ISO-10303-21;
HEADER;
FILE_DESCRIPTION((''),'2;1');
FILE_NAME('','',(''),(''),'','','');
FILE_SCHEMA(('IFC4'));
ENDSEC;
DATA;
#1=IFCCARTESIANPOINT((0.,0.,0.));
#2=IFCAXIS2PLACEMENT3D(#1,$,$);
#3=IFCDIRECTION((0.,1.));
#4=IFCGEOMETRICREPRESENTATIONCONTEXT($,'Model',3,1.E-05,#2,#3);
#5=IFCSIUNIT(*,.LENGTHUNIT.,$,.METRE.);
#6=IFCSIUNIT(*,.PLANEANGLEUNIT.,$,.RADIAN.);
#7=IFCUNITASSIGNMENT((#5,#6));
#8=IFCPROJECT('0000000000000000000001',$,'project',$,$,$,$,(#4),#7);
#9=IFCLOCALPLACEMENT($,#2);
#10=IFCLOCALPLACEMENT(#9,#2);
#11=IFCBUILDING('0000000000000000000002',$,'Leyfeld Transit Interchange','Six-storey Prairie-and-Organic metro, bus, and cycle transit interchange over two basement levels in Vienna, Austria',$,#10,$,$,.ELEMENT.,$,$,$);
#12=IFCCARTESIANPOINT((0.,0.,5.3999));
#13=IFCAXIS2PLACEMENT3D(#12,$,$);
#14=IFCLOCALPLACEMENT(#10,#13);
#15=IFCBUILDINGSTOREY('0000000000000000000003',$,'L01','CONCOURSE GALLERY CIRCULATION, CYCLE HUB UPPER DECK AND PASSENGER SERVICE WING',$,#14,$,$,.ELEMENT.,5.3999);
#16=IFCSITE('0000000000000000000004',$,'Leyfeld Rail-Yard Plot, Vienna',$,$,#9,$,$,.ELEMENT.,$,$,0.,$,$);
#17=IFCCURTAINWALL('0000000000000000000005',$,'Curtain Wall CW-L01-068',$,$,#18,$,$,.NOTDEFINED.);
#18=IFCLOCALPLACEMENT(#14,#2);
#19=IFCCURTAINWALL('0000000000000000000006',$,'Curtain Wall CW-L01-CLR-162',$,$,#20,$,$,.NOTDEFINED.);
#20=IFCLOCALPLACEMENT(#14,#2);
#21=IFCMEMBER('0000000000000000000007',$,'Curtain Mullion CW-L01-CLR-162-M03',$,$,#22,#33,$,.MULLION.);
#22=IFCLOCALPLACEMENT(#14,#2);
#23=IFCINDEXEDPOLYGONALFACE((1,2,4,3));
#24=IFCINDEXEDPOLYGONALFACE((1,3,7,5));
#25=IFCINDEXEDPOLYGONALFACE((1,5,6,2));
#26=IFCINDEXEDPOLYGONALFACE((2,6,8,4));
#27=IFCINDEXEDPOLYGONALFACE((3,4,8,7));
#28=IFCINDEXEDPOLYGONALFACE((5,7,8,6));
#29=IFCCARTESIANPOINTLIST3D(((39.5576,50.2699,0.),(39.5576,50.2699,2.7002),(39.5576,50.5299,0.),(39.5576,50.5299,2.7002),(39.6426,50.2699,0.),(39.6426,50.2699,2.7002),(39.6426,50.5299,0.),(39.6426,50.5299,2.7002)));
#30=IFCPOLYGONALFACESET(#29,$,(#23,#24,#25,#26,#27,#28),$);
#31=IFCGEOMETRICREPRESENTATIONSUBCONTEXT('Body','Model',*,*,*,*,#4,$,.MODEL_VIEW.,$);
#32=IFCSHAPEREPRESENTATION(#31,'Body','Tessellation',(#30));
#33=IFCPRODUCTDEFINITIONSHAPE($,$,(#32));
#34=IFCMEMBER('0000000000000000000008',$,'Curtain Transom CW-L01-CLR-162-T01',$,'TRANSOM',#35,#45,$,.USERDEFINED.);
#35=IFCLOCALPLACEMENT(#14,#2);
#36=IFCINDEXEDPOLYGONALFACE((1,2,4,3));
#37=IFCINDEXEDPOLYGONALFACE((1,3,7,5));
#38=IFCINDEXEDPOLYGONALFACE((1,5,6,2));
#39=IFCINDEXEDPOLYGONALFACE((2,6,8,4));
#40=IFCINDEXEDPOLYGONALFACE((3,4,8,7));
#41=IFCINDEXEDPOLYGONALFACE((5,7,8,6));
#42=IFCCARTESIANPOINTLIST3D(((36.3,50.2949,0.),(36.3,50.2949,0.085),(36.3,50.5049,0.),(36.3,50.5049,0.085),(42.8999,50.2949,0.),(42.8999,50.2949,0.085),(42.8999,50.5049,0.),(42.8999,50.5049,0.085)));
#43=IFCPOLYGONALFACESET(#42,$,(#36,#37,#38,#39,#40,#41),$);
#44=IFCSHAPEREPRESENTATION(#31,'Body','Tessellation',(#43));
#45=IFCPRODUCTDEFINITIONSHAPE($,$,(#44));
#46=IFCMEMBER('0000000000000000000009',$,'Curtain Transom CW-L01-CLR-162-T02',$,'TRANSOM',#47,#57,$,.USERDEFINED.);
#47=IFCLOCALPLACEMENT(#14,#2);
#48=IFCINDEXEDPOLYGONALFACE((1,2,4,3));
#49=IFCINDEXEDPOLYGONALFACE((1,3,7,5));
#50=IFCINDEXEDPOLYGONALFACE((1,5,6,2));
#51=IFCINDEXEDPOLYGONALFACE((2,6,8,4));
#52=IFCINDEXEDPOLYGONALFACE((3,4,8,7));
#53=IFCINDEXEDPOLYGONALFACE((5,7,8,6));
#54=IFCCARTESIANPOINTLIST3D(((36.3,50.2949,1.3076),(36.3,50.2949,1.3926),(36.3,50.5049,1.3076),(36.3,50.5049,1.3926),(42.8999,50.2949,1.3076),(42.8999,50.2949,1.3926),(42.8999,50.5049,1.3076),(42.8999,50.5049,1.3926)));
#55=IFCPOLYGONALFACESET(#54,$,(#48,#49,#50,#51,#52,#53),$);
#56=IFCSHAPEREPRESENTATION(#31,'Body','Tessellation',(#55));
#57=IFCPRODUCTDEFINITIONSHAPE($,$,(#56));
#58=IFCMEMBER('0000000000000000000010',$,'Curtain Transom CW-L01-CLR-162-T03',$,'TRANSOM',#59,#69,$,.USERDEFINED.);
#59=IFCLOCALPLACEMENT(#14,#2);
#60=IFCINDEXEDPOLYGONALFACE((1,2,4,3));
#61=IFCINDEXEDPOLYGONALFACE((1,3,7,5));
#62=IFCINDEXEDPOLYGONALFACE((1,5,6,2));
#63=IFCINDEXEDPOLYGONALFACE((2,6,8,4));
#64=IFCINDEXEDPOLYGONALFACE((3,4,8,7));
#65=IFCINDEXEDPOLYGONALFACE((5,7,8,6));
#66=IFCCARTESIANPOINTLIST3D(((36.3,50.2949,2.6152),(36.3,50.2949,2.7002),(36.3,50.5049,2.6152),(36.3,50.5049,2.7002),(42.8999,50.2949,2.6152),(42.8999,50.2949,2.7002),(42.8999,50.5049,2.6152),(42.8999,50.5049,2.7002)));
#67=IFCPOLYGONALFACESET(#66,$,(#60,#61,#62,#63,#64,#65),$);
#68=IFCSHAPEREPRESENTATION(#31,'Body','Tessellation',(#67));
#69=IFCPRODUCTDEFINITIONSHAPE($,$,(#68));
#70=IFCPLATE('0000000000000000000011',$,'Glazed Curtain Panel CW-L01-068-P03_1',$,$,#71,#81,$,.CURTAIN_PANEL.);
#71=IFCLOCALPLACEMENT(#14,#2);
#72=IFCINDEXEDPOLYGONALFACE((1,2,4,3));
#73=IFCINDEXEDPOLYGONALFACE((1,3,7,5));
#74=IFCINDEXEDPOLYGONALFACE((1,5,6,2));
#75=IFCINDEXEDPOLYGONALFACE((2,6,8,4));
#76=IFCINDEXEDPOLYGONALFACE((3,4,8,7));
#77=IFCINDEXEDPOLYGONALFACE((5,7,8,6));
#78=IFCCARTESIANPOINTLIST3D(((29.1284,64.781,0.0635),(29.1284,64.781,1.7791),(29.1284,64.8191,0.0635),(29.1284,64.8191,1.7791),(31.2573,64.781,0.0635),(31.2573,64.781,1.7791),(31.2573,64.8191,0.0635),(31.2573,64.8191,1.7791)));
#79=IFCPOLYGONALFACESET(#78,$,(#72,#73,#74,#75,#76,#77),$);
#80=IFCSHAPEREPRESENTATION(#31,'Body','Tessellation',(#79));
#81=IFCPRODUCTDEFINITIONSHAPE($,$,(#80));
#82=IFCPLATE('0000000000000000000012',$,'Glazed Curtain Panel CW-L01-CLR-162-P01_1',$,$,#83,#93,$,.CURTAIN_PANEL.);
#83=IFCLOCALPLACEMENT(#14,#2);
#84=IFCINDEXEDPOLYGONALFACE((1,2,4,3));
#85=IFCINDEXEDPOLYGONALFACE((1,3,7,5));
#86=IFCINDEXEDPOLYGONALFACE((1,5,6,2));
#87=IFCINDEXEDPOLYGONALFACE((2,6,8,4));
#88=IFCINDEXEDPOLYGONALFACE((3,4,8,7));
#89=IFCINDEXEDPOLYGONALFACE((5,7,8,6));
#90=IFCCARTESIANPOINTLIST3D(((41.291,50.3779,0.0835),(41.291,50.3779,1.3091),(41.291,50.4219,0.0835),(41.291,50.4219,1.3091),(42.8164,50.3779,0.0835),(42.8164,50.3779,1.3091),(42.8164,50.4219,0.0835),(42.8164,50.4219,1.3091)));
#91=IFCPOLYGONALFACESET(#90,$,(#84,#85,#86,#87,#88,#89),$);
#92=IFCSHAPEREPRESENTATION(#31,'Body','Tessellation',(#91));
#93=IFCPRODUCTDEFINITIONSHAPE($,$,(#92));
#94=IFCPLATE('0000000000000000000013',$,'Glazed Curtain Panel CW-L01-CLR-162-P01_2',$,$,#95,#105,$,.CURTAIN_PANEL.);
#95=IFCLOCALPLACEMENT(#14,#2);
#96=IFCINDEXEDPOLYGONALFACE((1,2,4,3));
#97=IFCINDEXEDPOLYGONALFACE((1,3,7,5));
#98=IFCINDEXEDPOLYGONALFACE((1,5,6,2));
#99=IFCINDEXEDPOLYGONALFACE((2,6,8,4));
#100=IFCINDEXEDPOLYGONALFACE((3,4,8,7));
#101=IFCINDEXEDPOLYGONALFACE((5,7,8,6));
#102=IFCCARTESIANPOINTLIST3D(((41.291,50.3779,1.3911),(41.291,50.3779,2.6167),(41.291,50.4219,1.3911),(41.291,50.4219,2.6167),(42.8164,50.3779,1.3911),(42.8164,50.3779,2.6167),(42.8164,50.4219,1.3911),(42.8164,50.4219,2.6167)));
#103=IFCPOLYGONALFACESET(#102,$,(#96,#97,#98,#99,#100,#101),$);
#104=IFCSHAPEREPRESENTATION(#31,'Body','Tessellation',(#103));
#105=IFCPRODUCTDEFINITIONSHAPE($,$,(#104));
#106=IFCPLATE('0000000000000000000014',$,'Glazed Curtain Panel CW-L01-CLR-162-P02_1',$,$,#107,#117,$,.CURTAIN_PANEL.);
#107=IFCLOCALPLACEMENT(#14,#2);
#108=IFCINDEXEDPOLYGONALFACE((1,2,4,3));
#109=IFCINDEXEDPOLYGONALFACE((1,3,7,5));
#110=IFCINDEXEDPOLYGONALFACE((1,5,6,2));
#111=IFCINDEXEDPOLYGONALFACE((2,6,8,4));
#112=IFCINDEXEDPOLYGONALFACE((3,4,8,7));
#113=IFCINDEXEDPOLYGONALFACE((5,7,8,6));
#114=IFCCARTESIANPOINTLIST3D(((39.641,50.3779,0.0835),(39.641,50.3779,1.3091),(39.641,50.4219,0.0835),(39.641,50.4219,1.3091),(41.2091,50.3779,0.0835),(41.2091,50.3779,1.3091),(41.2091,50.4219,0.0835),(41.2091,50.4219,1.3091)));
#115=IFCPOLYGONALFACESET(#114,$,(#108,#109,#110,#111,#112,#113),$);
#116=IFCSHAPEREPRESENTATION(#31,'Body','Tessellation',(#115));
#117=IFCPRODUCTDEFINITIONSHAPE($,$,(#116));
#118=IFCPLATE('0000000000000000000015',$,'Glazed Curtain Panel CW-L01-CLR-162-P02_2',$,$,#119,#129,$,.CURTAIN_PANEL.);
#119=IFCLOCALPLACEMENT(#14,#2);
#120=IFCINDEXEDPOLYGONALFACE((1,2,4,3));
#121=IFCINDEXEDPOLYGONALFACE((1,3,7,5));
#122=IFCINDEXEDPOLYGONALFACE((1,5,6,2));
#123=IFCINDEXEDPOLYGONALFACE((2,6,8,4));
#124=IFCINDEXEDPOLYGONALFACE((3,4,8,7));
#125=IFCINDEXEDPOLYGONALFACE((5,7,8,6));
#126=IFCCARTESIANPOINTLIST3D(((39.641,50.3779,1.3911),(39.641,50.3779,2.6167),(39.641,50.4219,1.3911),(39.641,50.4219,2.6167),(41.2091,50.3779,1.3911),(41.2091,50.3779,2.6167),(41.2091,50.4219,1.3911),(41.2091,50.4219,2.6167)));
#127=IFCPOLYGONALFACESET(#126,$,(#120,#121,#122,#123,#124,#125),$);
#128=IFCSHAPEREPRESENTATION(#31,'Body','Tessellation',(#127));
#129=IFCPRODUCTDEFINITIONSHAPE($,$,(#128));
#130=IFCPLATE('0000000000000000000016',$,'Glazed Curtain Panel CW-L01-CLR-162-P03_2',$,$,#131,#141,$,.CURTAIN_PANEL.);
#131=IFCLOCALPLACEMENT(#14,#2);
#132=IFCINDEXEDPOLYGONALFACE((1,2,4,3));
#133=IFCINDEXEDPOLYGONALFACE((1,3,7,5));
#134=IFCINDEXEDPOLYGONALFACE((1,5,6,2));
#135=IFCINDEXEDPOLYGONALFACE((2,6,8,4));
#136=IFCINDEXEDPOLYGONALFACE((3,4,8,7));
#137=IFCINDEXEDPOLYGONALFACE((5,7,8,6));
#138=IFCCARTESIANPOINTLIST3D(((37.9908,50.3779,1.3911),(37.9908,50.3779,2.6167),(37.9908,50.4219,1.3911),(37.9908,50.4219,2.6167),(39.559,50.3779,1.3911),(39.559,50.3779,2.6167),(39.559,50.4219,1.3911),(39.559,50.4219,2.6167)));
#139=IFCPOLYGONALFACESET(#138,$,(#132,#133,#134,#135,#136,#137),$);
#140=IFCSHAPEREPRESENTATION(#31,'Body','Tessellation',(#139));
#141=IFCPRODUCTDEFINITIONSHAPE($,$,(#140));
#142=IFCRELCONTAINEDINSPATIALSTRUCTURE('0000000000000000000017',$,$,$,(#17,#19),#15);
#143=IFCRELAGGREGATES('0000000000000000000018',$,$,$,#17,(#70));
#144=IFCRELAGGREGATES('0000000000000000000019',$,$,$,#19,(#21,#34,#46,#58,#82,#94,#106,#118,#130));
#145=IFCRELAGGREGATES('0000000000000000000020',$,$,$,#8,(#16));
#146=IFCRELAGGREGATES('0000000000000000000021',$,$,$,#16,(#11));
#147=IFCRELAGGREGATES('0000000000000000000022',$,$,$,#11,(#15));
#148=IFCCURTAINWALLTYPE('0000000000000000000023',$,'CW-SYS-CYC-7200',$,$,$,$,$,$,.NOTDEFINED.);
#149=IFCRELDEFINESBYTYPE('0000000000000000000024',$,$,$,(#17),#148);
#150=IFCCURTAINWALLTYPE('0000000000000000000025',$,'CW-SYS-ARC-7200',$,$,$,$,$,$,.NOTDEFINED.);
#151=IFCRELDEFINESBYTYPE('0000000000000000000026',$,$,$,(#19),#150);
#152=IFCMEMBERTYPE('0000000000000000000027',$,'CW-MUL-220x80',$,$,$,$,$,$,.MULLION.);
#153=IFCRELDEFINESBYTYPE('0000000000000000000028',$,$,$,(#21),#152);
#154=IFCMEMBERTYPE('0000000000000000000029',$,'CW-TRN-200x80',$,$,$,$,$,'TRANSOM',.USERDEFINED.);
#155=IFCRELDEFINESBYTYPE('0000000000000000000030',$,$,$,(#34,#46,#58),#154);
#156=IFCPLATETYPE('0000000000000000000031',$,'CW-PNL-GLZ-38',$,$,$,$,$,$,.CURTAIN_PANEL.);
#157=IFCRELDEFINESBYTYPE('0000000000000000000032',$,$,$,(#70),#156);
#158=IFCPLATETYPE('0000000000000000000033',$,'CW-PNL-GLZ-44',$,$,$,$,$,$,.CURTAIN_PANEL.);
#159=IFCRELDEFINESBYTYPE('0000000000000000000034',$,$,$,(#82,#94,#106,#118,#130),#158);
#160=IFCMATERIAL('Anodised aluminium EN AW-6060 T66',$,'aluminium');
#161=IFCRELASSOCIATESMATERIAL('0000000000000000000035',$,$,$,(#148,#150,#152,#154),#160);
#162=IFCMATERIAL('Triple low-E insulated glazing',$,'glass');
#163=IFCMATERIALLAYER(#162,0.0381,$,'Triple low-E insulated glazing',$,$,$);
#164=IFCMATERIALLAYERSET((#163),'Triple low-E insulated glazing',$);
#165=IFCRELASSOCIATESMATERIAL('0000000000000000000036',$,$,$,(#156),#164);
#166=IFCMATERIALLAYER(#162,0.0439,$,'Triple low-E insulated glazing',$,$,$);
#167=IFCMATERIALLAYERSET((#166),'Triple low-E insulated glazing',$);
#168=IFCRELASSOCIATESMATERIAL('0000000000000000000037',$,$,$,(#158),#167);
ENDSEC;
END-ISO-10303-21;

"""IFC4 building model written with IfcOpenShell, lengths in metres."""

from ifc_helpers import new_model, si_unit, direction, frame, origin, origin_2d, place, context, subcontext, project, spatial, rectangle, extrude, material, layer, layer_set, material_profile, profile_set, type_object, element, aggregate, save


model = new_model("IFC4")

# Units and contexts
model_context = context("Model", 3, precision=1e-05, world=origin(), true_north=direction((0.0, 1.0)))
body_context = subcontext(model_context, "Body", "Model", "MODEL_VIEW")
ifc_project = project(units=[si_unit("LENGTHUNIT", "METRE"), si_unit("PLANEANGLEUNIT", "RADIAN")], contexts=[model_context])

# Site, building, storey
site_placement = place(None, origin())
site = spatial("IfcSite", under=ifc_project, at=site_placement, Name="Leyfeld Rail-Yard Plot, Vienna", CompositionType="ELEMENT", RefElevation=0.0)
building_placement = place(site_placement, origin())
building = spatial("IfcBuilding", under=site, at=building_placement, Name="Leyfeld Transit Interchange", Description="Six-storey Prairie-and-Organic metro, bus, and cycle transit interchange over two basement levels in Vienna, Austria", CompositionType="ELEMENT")
storey_placement = place(building_placement, frame((0.0, 0.0, 5.3999)))
storey = spatial("IfcBuildingStorey", under=building, at=storey_placement, Name="L01", Description="CONCOURSE GALLERY CIRCULATION, CYCLE HUB UPPER DECK AND PASSENGER SERVICE WING", CompositionType="ELEMENT", Elevation=5.3999)

# Curtain wall
ifc_material_1 = material(Name="Anodised aluminium EN AW-6060 T66", Category="aluminium")
curtain_wall_type_1 = type_object("IfcCurtainWallType", Name="CW-SYS-CYC-7200", PredefinedType="NOTDEFINED", material=ifc_material_1)
curtain_wall_1_placement = place(storey_placement, origin())
curtain_wall_1 = element("IfcCurtainWall", 1, at=curtain_wall_1_placement, inside=storey, type_object=curtain_wall_type_1, Name="Curtain Wall CW-L01-068", PredefinedType="NOTDEFINED")

# Curtain wall, members
curtain_wall_type_2 = type_object("IfcCurtainWallType", Name="CW-SYS-ARC-7200", PredefinedType="NOTDEFINED", material=ifc_material_1)
curtain_wall_2_placement = place(storey_placement, origin())
curtain_wall_2 = element("IfcCurtainWall", 2, at=curtain_wall_2_placement, inside=storey, type_object=curtain_wall_type_2, Name="Curtain Wall CW-L01-CLR-162", PredefinedType="NOTDEFINED")
ifc_material_profile_1 = material_profile(ifc_material_1, rectangle(XDim=0.085, YDim=0.26, at=origin_2d()), Name="CW-M 85x260")
ifc_profile_set_1 = profile_set([ifc_material_profile_1], Name="Anodised aluminium EN AW-6060 T66")
member_type_1 = type_object("IfcMemberType", Name="CW-MUL-220x80", PredefinedType="MULLION", material=ifc_profile_set_1)
member_1_placement = place(storey_placement, frame((39.6001, 50.3999, 0.0), z_axis=(0.0, 0.0, 1.0), x_axis=(-1.0, 0.0, 0.0)))
member_1 = element("IfcMember", 3, at=member_1_placement, type_object=member_type_1, Name="Curtain Mullion CW-L01-CLR-162-M03", PredefinedType="MULLION", context=body_context, shape_type="SweptSolid", body=[
    extrude(rectangle(XDim=0.085, YDim=0.26, at=origin_2d()), origin(), (0.0, 0.0, 1.0), 2.7002),
])
ifc_material_profile_2 = material_profile(ifc_material_1, rectangle(XDim=0.21, YDim=0.085, at=origin_2d()), Name="CW-TRN-200x80")
ifc_profile_set_2 = profile_set([ifc_material_profile_2], Name="Anodised aluminium EN AW-6060 T66")
member_type_2 = type_object("IfcMemberType", Name="CW-TRN-200x80", ElementType="TRANSOM", PredefinedType="USERDEFINED", material=ifc_profile_set_2)
member_2_placement = place(storey_placement, frame((42.8999, 50.3999, 0.0425), z_axis=(-1.0, 0.0, 0.0), x_axis=(0.0, -1.0, 0.0)))
member_2 = element("IfcMember", 4, at=member_2_placement, type_object=member_type_2, Name="Curtain Transom CW-L01-CLR-162-T01", ObjectType="TRANSOM", PredefinedType="USERDEFINED", context=body_context, shape_type="SweptSolid", body=[
    extrude(rectangle(XDim=0.21, YDim=0.085, at=origin_2d()), origin(), (0.0, 0.0, 1.0), 6.5999),
])
member_3_placement = place(storey_placement, frame((42.8999, 50.3999, 1.3501), z_axis=(-1.0, 0.0, 0.0), x_axis=(0.0, -1.0, 0.0)))
member_3 = element("IfcMember", 5, at=member_3_placement, type_object=member_type_2, Name="Curtain Transom CW-L01-CLR-162-T02", ObjectType="TRANSOM", PredefinedType="USERDEFINED", context=body_context, shape_type="SweptSolid", body=[
    extrude(rectangle(XDim=0.21, YDim=0.085, at=origin_2d()), origin(), (0.0, 0.0, 1.0), 6.5999),
])
member_4_placement = place(storey_placement, frame((42.8999, 50.3999, 2.6577), z_axis=(-1.0, 0.0, 0.0), x_axis=(0.0, -1.0, 0.0)))
member_4 = element("IfcMember", 6, at=member_4_placement, type_object=member_type_2, Name="Curtain Transom CW-L01-CLR-162-T03", ObjectType="TRANSOM", PredefinedType="USERDEFINED", context=body_context, shape_type="SweptSolid", body=[
    extrude(rectangle(XDim=0.21, YDim=0.085, at=origin_2d()), origin(), (0.0, 0.0, 1.0), 6.5999),
])

# Plates
ifc_material_2 = material(Name="Triple low-E insulated glazing", Category="glass")
ifc_layer_1 = layer(ifc_material_2, 0.0381, Name="Triple low-E insulated glazing")
ifc_layer_set_1 = layer_set([ifc_layer_1], Name="Triple low-E insulated glazing")
plate_type_1 = type_object("IfcPlateType", Name="CW-PNL-GLZ-38", PredefinedType="CURTAIN_PANEL", material=ifc_layer_set_1)
plate_1_placement = place(storey_placement, frame((30.1929, 64.8, 0.0635), z_axis=(0.0, 0.0, 1.0), x_axis=(-1.0, 0.0, 0.0)))
plate_1 = element("IfcPlate", 7, at=plate_1_placement, type_object=plate_type_1, Name="Glazed Curtain Panel CW-L01-068-P03_1", PredefinedType="CURTAIN_PANEL", context=body_context, shape_type="SweptSolid", body=[
    extrude(rectangle(XDim=2.1289, YDim=0.0381, at=origin_2d()), origin(), (0.0, 0.0, 1.0), 1.7156),
])
aggregate(curtain_wall_1, [plate_1])
ifc_layer_2 = layer(ifc_material_2, 0.0439, Name="Triple low-E insulated glazing")
ifc_layer_set_2 = layer_set([ifc_layer_2], Name="Triple low-E insulated glazing")
plate_type_2 = type_object("IfcPlateType", Name="CW-PNL-GLZ-44", PredefinedType="CURTAIN_PANEL", material=ifc_layer_set_2)
plate_2_placement = place(storey_placement, frame((42.0537, 50.3999, 0.0835), z_axis=(0.0, 0.0, 1.0), x_axis=(-1.0, 0.0, 0.0)))
plate_2 = element("IfcPlate", 8, at=plate_2_placement, type_object=plate_type_2, Name="Glazed Curtain Panel CW-L01-CLR-162-P01_1", PredefinedType="CURTAIN_PANEL", context=body_context, shape_type="SweptSolid", body=[
    extrude(rectangle(XDim=1.5254, YDim=0.0439, at=origin_2d()), origin(), (0.0, 0.0, 1.0), 1.2256),
])
plate_3_placement = place(storey_placement, frame((42.0537, 50.3999, 1.3911), z_axis=(0.0, 0.0, 1.0), x_axis=(-1.0, 0.0, 0.0)))
plate_3 = element("IfcPlate", 9, at=plate_3_placement, type_object=plate_type_2, Name="Glazed Curtain Panel CW-L01-CLR-162-P01_2", PredefinedType="CURTAIN_PANEL", context=body_context, shape_type="SweptSolid", body=[
    extrude(rectangle(XDim=1.5254, YDim=0.0439, at=origin_2d()), origin(), (0.0, 0.0, 1.0), 1.2256),
])
plate_4_placement = place(storey_placement, frame((40.425, 50.3999, 0.0835), z_axis=(0.0, 0.0, 1.0), x_axis=(-1.0, 0.0, 0.0)))
plate_4 = element("IfcPlate", 10, at=plate_4_placement, type_object=plate_type_2, Name="Glazed Curtain Panel CW-L01-CLR-162-P02_1", PredefinedType="CURTAIN_PANEL", context=body_context, shape_type="SweptSolid", body=[
    extrude(rectangle(XDim=1.5681, YDim=0.0439, at=origin_2d()), origin(), (0.0, 0.0, 1.0), 1.2256),
])
plate_5_placement = place(storey_placement, frame((40.425, 50.3999, 1.3911), z_axis=(0.0, 0.0, 1.0), x_axis=(-1.0, 0.0, 0.0)))
plate_5 = element("IfcPlate", 11, at=plate_5_placement, type_object=plate_type_2, Name="Glazed Curtain Panel CW-L01-CLR-162-P02_2", PredefinedType="CURTAIN_PANEL", context=body_context, shape_type="SweptSolid", body=[
    extrude(rectangle(XDim=1.5681, YDim=0.0439, at=origin_2d()), origin(), (0.0, 0.0, 1.0), 1.2256),
])
plate_6_placement = place(storey_placement, frame((38.7749, 50.3999, 1.3911), z_axis=(0.0, 0.0, 1.0), x_axis=(-1.0, 0.0, 0.0)))
plate_6 = element("IfcPlate", 12, at=plate_6_placement, type_object=plate_type_2, Name="Glazed Curtain Panel CW-L01-CLR-162-P03_2", PredefinedType="CURTAIN_PANEL", context=body_context, shape_type="SweptSolid", body=[
    extrude(rectangle(XDim=1.5681, YDim=0.0439, at=origin_2d()), origin(), (0.0, 0.0, 1.0), 1.2256),
])
aggregate(curtain_wall_2, [member_1, member_2, member_3, member_4, plate_2, plate_3, plate_4, plate_5, plate_6])

save(model, "model.ifc")
